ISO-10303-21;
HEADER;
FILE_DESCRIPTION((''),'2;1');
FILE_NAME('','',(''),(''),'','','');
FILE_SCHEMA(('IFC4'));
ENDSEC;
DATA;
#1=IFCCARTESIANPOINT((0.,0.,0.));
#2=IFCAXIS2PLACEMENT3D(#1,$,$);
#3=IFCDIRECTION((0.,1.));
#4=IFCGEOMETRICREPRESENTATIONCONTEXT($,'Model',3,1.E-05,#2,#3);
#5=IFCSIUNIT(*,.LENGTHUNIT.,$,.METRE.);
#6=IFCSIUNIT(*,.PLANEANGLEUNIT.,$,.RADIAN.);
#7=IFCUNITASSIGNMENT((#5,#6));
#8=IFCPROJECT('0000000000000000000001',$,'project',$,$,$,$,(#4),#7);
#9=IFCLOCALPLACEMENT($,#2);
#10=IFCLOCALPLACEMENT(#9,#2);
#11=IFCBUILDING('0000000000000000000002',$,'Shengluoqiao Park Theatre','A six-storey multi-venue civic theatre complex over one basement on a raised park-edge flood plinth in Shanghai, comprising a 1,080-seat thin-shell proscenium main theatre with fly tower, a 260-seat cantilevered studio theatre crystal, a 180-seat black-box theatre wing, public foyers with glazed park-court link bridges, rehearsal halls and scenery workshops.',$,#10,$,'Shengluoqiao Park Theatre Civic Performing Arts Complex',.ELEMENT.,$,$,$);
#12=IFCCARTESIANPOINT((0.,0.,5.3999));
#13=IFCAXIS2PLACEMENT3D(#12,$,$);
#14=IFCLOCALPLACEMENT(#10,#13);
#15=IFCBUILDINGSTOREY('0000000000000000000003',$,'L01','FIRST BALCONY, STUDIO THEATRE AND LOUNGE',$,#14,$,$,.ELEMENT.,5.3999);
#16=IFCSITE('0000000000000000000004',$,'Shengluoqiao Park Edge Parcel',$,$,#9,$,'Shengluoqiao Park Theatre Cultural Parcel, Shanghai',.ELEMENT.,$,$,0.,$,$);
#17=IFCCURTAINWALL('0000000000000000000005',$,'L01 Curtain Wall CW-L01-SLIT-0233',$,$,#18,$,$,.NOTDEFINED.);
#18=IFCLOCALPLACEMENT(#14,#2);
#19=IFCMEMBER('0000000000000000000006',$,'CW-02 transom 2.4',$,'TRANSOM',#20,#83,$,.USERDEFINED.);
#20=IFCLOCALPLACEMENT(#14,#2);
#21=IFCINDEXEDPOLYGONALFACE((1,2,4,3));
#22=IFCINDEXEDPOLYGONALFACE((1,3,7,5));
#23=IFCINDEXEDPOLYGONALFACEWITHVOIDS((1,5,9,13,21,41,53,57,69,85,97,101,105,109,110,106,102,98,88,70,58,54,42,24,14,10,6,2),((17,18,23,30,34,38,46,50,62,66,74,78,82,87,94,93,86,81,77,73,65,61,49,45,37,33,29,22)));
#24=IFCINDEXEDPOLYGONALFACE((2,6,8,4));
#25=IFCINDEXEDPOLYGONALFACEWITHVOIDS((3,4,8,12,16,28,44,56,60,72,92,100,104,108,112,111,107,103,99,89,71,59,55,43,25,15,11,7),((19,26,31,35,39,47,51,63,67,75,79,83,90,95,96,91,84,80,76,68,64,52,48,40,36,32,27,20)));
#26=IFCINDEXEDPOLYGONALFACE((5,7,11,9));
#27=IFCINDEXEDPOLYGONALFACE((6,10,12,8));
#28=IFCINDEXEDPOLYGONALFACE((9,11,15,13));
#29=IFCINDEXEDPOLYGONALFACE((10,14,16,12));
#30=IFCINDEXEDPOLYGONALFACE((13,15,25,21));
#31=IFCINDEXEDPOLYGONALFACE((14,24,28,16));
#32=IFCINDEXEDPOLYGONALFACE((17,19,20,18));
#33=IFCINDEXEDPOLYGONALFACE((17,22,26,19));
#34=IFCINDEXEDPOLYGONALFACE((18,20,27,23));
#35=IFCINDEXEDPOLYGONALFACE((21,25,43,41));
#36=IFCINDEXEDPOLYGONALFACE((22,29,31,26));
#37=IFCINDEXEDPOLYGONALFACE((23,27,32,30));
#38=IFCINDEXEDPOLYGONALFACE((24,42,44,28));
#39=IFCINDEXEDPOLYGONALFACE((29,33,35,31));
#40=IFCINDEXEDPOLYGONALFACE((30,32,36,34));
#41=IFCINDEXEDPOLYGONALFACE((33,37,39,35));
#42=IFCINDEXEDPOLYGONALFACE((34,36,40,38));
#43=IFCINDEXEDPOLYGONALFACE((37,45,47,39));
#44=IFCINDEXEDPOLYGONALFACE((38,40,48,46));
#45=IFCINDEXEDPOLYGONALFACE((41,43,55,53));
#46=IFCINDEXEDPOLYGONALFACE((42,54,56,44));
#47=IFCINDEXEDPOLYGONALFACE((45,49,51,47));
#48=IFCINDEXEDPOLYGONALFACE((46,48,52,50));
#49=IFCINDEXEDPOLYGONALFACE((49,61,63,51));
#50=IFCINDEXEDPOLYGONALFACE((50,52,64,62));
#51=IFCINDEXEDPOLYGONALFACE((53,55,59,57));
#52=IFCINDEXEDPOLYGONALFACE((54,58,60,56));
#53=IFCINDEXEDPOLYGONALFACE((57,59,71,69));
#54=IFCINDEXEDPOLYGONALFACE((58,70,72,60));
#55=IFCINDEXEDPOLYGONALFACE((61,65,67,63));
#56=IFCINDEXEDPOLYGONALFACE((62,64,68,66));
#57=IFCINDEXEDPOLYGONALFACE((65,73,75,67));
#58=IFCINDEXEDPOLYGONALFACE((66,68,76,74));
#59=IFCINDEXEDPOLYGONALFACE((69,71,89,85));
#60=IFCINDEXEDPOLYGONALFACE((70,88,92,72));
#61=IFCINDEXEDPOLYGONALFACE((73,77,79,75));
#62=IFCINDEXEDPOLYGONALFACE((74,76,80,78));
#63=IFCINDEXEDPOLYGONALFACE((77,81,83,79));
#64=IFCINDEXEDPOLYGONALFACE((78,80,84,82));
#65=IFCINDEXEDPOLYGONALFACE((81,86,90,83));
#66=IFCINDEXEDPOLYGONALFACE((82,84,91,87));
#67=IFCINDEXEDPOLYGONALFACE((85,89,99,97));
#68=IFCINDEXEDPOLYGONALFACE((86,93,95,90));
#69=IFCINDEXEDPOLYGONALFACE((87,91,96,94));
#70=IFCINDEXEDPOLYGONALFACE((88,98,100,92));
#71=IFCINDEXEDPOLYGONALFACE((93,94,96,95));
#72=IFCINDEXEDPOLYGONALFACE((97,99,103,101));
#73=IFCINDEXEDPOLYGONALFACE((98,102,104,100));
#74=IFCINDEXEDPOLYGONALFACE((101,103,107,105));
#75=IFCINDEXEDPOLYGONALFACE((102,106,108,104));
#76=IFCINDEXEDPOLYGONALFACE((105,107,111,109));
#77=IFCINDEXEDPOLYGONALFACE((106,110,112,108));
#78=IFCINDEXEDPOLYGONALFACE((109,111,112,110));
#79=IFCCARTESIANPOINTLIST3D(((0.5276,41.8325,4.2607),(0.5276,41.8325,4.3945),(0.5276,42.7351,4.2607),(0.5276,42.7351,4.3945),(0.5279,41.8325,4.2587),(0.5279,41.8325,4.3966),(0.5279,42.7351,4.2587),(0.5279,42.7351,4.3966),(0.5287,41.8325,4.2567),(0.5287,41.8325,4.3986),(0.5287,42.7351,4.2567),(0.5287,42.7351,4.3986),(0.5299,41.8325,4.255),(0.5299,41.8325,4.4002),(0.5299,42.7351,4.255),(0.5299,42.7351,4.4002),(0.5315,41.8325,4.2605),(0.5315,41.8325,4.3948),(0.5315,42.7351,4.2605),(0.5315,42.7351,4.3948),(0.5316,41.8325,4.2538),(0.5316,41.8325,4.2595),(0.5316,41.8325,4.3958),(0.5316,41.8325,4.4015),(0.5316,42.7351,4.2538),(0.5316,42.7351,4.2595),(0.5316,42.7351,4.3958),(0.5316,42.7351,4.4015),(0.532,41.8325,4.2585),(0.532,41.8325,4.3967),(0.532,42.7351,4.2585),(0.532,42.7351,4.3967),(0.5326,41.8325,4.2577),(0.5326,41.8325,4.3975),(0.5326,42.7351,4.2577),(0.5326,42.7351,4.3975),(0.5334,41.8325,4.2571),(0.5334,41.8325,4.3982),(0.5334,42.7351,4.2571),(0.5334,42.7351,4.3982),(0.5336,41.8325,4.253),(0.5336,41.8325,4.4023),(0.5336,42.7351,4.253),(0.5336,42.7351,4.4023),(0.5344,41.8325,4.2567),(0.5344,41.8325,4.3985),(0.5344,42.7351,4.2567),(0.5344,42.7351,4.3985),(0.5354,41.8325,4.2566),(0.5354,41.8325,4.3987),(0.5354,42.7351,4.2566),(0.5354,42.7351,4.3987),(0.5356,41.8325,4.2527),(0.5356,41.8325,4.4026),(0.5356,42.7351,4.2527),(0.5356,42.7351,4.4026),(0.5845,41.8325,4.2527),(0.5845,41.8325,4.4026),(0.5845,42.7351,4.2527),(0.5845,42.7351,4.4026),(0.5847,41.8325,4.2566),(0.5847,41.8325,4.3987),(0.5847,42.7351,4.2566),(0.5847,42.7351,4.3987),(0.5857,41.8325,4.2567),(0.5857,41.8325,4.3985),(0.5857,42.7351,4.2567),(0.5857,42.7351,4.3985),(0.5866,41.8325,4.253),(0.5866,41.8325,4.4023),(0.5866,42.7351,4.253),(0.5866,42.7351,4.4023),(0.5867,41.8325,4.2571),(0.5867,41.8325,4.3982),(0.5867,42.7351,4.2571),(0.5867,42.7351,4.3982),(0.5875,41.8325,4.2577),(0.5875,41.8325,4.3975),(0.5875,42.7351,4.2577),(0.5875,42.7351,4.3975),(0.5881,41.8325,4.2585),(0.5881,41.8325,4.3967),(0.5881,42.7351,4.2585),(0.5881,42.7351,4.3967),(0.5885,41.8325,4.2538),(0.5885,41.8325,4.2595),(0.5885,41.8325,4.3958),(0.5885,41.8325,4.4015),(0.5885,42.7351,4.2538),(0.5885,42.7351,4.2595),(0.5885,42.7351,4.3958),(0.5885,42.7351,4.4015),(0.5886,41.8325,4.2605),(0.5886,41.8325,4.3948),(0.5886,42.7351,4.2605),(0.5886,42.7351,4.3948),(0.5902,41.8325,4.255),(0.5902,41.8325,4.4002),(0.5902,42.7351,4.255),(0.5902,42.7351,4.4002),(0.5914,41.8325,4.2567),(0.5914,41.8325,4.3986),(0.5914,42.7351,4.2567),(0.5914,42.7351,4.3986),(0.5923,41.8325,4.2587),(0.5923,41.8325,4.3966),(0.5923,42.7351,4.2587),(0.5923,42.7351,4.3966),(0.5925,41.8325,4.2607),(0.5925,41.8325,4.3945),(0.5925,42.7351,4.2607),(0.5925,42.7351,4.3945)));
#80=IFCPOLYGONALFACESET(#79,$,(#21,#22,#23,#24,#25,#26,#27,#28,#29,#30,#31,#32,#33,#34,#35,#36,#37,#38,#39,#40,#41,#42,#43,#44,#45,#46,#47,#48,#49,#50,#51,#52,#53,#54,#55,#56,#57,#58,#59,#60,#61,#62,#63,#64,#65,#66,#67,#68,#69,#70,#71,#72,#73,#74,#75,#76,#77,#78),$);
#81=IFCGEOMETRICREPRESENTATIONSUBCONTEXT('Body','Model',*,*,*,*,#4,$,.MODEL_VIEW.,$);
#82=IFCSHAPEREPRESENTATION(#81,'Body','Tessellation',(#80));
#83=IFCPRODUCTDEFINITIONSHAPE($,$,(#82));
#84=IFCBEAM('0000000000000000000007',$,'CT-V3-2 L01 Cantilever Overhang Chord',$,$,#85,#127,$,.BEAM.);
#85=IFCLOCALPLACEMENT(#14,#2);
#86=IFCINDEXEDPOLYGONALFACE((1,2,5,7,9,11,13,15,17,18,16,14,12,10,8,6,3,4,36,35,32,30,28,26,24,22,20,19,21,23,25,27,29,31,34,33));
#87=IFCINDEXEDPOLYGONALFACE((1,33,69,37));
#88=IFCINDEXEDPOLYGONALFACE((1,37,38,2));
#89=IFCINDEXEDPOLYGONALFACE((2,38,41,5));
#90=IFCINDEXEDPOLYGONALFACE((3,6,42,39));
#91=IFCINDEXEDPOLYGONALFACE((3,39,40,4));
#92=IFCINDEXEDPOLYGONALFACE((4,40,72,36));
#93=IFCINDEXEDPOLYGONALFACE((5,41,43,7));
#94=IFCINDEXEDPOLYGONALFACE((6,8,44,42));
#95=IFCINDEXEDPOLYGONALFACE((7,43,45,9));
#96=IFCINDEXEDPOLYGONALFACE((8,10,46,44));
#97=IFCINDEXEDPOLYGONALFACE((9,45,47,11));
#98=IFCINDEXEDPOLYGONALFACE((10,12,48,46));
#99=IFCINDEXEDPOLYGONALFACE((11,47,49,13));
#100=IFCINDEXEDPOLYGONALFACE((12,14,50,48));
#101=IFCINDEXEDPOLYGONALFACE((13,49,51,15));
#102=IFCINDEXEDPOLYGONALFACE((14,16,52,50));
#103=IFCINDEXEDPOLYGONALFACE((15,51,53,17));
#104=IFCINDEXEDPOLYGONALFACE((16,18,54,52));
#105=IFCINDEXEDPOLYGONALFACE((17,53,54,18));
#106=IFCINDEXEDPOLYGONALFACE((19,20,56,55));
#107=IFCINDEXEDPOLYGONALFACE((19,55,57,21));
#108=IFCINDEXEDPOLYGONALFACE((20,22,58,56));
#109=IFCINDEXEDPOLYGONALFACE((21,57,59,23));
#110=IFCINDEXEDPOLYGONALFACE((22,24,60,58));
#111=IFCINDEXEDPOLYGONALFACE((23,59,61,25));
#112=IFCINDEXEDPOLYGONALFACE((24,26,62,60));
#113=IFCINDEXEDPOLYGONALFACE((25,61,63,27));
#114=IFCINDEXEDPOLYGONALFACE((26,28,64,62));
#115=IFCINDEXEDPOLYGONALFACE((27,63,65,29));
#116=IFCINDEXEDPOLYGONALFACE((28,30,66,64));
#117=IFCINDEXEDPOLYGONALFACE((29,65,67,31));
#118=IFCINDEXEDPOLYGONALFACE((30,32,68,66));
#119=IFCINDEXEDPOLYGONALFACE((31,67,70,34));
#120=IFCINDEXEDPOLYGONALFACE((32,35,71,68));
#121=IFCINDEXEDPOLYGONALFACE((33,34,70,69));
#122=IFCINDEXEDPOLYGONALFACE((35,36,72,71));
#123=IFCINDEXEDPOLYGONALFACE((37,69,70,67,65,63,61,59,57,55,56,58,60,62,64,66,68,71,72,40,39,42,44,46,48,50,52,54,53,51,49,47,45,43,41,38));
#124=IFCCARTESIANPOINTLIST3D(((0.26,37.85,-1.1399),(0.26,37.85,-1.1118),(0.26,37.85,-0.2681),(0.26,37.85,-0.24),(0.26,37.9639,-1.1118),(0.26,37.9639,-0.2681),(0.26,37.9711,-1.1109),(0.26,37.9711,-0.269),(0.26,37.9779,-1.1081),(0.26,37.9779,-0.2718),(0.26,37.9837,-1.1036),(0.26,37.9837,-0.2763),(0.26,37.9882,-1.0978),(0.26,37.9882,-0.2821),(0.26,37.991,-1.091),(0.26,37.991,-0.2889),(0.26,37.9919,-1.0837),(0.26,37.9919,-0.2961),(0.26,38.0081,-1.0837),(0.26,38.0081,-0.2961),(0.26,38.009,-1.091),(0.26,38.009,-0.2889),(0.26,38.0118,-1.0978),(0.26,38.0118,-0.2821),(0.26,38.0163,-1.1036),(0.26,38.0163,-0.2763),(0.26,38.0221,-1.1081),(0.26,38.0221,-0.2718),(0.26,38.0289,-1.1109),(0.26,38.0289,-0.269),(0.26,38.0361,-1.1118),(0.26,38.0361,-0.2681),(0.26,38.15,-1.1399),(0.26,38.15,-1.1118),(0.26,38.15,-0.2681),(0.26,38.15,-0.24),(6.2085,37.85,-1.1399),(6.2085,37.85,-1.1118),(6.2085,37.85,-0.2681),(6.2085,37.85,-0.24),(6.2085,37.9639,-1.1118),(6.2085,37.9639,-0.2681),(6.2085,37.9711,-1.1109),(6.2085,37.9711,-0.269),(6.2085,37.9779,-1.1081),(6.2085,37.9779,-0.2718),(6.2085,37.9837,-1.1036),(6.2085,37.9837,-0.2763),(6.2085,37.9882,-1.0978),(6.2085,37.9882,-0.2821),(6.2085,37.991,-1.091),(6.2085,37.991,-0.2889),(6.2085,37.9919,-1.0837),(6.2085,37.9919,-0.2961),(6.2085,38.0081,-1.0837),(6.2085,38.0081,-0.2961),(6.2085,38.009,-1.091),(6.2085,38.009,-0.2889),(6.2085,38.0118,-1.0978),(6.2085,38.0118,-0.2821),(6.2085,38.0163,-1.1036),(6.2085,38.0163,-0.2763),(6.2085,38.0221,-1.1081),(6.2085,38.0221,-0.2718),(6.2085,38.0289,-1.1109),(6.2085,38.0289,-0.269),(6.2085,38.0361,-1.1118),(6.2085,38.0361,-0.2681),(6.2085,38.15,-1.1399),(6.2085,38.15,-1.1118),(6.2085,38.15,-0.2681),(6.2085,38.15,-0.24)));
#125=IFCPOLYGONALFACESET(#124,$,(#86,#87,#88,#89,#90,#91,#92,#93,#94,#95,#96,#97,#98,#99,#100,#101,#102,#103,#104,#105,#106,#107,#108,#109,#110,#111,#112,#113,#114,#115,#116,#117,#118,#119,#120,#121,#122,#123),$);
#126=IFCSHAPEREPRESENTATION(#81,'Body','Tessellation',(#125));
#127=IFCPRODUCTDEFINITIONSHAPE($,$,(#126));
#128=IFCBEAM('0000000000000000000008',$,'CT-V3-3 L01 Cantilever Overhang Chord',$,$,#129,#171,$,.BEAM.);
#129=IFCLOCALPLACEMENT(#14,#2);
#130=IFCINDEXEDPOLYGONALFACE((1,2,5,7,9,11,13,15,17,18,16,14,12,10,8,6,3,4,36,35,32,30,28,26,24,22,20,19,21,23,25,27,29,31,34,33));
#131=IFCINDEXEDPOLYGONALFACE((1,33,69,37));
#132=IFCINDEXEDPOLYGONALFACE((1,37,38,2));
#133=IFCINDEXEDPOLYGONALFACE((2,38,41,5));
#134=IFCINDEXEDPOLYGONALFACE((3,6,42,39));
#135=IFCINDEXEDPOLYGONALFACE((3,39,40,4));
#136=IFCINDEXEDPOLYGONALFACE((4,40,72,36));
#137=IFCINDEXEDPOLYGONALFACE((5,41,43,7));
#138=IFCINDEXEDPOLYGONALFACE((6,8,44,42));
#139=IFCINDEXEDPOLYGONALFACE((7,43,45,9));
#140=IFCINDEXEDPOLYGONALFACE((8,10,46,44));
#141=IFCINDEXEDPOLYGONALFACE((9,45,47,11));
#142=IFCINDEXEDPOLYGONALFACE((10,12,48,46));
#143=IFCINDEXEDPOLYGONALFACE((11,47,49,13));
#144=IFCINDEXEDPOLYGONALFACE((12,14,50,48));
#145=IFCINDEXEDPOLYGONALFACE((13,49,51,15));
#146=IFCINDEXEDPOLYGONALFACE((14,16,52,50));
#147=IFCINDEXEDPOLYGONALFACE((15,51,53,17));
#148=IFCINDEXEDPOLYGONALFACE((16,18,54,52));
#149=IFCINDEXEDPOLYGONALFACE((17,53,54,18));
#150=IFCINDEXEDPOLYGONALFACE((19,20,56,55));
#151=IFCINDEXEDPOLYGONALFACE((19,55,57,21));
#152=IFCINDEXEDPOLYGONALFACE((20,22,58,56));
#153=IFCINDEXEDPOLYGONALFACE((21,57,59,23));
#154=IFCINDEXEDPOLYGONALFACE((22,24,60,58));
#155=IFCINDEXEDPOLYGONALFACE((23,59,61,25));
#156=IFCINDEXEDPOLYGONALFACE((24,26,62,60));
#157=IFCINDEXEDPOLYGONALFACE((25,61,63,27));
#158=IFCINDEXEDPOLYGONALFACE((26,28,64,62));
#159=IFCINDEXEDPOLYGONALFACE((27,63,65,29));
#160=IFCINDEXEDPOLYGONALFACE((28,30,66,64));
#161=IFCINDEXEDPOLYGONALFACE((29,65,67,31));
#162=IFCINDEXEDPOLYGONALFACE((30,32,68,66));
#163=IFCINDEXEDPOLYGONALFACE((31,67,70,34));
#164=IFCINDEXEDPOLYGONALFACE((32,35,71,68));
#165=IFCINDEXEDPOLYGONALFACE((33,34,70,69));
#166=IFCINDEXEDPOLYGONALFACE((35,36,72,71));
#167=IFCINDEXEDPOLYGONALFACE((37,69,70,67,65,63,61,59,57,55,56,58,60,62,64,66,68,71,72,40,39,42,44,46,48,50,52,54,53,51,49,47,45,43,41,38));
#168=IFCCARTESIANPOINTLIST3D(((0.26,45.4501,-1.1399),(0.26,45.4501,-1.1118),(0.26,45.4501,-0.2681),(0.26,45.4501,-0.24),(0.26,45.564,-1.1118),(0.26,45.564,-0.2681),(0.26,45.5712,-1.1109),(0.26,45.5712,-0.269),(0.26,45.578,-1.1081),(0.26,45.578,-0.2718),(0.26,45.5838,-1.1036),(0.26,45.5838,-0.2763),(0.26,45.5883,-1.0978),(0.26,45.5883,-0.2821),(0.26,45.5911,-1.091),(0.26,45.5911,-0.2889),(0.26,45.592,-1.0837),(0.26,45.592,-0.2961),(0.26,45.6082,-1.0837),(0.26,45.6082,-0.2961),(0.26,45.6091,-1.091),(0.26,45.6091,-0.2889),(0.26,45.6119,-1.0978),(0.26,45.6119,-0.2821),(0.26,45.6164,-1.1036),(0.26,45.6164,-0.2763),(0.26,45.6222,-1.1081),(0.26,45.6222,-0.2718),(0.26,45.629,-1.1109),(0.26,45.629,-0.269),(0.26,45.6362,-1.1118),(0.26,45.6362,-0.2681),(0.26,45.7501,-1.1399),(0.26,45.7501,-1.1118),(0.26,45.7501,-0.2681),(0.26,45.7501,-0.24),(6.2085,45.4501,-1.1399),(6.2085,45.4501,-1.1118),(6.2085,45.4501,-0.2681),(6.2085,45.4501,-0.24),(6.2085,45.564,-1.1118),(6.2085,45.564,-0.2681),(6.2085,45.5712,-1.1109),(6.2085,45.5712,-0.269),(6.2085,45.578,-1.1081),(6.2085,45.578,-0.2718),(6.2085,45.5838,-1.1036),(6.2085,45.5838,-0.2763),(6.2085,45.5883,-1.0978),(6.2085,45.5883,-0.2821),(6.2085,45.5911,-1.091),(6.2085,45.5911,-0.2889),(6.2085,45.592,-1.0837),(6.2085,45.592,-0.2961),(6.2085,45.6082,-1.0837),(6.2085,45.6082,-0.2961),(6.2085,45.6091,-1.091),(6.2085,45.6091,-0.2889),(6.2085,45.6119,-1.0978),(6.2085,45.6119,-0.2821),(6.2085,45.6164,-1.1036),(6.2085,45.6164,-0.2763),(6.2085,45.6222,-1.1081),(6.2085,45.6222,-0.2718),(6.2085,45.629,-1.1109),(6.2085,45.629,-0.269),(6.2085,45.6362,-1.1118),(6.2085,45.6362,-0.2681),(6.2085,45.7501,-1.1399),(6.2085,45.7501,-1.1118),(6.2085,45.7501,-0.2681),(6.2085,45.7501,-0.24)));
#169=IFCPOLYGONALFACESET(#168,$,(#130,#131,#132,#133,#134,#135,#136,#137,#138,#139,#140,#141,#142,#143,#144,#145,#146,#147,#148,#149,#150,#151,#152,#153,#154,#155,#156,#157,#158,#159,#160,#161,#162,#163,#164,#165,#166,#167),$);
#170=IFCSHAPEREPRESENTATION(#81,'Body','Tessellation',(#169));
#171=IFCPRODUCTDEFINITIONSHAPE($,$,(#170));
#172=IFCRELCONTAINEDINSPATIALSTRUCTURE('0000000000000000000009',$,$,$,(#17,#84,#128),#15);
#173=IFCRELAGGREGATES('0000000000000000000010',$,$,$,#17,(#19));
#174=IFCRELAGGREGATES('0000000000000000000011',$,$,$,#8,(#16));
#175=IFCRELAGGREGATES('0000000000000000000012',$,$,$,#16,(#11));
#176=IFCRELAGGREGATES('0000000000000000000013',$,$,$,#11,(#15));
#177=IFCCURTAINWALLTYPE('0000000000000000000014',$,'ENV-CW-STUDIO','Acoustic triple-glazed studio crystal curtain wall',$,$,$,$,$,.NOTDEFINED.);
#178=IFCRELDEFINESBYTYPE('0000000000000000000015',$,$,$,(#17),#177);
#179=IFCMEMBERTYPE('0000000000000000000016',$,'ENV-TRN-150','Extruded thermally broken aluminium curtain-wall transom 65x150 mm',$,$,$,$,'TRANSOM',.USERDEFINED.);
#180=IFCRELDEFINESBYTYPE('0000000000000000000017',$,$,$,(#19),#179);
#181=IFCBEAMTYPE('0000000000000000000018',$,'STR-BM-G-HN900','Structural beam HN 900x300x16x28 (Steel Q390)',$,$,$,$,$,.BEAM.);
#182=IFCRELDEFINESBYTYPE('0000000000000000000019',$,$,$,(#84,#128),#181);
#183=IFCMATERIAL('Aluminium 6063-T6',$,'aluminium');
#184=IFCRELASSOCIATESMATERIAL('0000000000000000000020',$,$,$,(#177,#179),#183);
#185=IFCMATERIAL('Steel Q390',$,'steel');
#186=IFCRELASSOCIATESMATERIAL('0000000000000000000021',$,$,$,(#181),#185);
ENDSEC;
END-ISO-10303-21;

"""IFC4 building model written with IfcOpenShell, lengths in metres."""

from ifc_helpers import new_model, si_unit, direction, frame, origin, origin_2d, place, context, subcontext, project, spatial, hollow_rectangle, i_section, extrude, material, material_profile, profile_set, type_object, element, aggregate, save


model = new_model("IFC4")

# Units and contexts
model_context = context("Model", 3, precision=1e-05, world=origin(), true_north=direction((0.0, 1.0)))
body_context = subcontext(model_context, "Body", "Model", "MODEL_VIEW")
ifc_project = project(units=[si_unit("LENGTHUNIT", "METRE"), si_unit("PLANEANGLEUNIT", "RADIAN")], contexts=[model_context])

# Site, building, storey
site_placement = place(None, origin())
site = spatial("IfcSite", under=ifc_project, at=site_placement, Name="Shengluoqiao Park Edge Parcel", LongName="Shengluoqiao Park Theatre Cultural Parcel, Shanghai", CompositionType="ELEMENT", RefElevation=0.0)
building_placement = place(site_placement, origin())
building = spatial("IfcBuilding", under=site, at=building_placement, Name="Shengluoqiao Park Theatre", Description="A six-storey multi-venue civic theatre complex over one basement on a raised park-edge flood plinth in Shanghai, comprising a 1,080-seat thin-shell proscenium main theatre with fly tower, a 260-seat cantilevered studio theatre crystal, a 180-seat black-box theatre wing, public foyers with glazed park-court link bridges, rehearsal halls and scenery workshops.", LongName="Shengluoqiao Park Theatre Civic Performing Arts Complex", CompositionType="ELEMENT")
storey_placement = place(building_placement, frame((0.0, 0.0, 5.3999)))
storey = spatial("IfcBuildingStorey", under=building, at=storey_placement, Name="L01", Description="FIRST BALCONY, STUDIO THEATRE AND LOUNGE", CompositionType="ELEMENT", Elevation=5.3999)

# Curtain wall, member
ifc_material_1 = material(Name="Aluminium 6063-T6", Category="aluminium")
curtain_wall_type = type_object("IfcCurtainWallType", Name="ENV-CW-STUDIO", Description="Acoustic triple-glazed studio crystal curtain wall", PredefinedType="NOTDEFINED", material=ifc_material_1)
curtain_wall_placement = place(storey_placement, origin())
curtain_wall = element("IfcCurtainWall", 1, at=curtain_wall_placement, inside=storey, type_object=curtain_wall_type, Name="L01 Curtain Wall CW-L01-SLIT-0233", PredefinedType="NOTDEFINED")
ifc_material_profile_1 = material_profile(ifc_material_1, hollow_rectangle(XDim=0.0649, YDim=0.1499, WallThickness=0.0039, InnerFilletRadius=0.0039, OuterFilletRadius=0.0081, at=origin_2d()), Name="ALU TRANSOM 150x65x4")
ifc_profile_set_1 = profile_set([ifc_material_profile_1], Name="Aluminium 6063-T6")
member_type_1 = type_object("IfcMemberType", Name="ENV-TRN-150", Description="Extruded thermally broken aluminium curtain-wall transom 65x150 mm", ElementType="TRANSOM", PredefinedType="USERDEFINED", material=ifc_profile_set_1)
member_1_placement = place(storey_placement, frame((0.5601, 41.8325, 4.3276), z_axis=(0.0, 1.0, 0.0), x_axis=(-1.0, 0.0, 0.0)))
member_1 = element("IfcMember", 2, at=member_1_placement, type_object=member_type_1, Name="CW-02 transom 2.4", ObjectType="TRANSOM", PredefinedType="USERDEFINED", context=body_context, shape_type="SweptSolid", body=[
    extrude(hollow_rectangle(XDim=0.0649, YDim=0.1499, WallThickness=0.0039, InnerFilletRadius=0.0039, OuterFilletRadius=0.0081, at=origin_2d()), origin(), (0.0, 0.0, 1.0), 0.9026),
])

# Beams
ifc_material_2 = material(Name="Steel Q390", Category="steel")
ifc_material_profile_2 = material_profile(ifc_material_2, i_section(OverallWidth=0.3, OverallDepth=0.8999, WebThickness=0.0161, FlangeThickness=0.0281, FilletRadius=0.0281, at=origin_2d()), Name="HN 900x300x16x28")
ifc_profile_set_2 = profile_set([ifc_material_profile_2], Name="Steel Q390")
beam_type_1 = type_object("IfcBeamType", Name="STR-BM-G-HN900", Description="Structural beam HN 900x300x16x28 (Steel Q390)", PredefinedType="BEAM", material=ifc_profile_set_2)
for number, where, z_axis, x_axis, name in (
    (3, (0.26, 38.0, -0.6899), (1.0, 0.0, 0.0), (0.0, 1.0, 0.0), "CT-V3-2 L01 Cantilever Overhang Chord"),
    (4, (0.26, 45.6001, -0.6899), (1.0, 0.0, 0.0), (0.0, 1.0, 0.0), "CT-V3-3 L01 Cantilever Overhang Chord"),
):
    element("IfcBeam", number, at=place(storey_placement, frame(where, z_axis=z_axis, x_axis=x_axis)), inside=storey, type_object=beam_type_1, Name=name, PredefinedType="BEAM", context=body_context, shape_type="SweptSolid", body=[
        extrude(i_section(OverallWidth=0.3, OverallDepth=0.8999, WebThickness=0.0161, FlangeThickness=0.0281, FilletRadius=0.0281, at=origin_2d()), origin(), (0.0, 0.0, 1.0), 5.9485),
    ])

aggregate(curtain_wall, [member_1])

save(model, "model.ifc")
